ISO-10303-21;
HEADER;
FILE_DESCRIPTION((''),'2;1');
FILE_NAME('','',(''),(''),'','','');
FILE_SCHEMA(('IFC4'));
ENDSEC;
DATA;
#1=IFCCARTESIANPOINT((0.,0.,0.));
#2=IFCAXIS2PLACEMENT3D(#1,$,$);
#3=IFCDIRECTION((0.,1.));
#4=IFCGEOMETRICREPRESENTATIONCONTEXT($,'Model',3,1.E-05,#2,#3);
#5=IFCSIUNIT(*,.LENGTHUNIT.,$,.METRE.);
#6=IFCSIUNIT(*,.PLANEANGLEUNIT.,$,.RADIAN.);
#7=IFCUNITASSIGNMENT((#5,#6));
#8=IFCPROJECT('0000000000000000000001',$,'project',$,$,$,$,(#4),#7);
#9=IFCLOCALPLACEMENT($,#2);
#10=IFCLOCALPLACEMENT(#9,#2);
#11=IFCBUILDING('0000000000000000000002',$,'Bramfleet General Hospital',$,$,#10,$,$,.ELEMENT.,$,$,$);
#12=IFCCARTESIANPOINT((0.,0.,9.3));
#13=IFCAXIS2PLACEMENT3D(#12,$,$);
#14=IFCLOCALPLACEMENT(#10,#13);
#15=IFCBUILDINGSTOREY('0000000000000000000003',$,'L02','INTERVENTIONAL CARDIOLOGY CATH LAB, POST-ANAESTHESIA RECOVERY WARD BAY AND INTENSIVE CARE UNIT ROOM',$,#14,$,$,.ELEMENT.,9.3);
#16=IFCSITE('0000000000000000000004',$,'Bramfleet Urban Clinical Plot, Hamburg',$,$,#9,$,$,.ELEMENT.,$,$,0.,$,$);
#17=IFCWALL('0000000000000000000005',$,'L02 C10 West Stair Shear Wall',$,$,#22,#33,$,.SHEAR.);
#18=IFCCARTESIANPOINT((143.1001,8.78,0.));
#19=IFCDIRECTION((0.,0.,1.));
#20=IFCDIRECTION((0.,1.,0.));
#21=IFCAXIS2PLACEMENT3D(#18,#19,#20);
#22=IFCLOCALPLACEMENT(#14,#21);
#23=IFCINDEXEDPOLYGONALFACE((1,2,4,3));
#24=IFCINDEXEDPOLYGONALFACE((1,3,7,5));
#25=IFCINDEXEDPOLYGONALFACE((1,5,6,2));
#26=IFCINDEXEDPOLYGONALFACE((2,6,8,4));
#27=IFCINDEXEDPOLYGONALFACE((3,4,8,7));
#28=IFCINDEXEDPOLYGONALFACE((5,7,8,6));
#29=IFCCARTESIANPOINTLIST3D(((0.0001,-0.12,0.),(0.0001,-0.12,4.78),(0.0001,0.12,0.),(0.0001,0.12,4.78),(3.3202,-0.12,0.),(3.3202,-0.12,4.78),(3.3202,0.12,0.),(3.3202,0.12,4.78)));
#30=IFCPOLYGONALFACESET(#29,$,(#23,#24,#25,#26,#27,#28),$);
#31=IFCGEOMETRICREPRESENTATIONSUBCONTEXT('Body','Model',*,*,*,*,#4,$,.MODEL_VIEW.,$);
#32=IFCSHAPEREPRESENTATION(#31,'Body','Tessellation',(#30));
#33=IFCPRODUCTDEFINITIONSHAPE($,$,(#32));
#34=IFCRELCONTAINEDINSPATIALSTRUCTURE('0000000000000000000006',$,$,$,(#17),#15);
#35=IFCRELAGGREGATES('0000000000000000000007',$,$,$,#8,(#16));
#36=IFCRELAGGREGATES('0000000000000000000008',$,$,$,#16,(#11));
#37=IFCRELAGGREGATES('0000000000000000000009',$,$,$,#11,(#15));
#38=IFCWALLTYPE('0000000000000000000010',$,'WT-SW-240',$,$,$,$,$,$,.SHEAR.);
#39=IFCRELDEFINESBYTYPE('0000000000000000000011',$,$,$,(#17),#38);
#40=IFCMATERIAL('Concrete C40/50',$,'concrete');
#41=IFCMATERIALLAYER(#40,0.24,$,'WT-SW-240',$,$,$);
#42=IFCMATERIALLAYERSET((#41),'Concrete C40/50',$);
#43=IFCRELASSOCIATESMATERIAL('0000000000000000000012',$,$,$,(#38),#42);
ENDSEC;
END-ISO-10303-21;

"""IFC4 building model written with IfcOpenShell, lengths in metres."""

from ifc_helpers import new_model, si_unit, direction, frame, frame_2d, origin, place, context, subcontext, project, spatial, rectangle, extrude, material, layer, layer_set, type_object, element, save


model = new_model("IFC4")

# Units and contexts
model_context = context("Model", 3, precision=1e-05, world=origin(), true_north=direction((0.0, 1.0)))
body_context = subcontext(model_context, "Body", "Model", "MODEL_VIEW")
ifc_project = project(units=[si_unit("LENGTHUNIT", "METRE"), si_unit("PLANEANGLEUNIT", "RADIAN")], contexts=[model_context])

# Site, building, storey
site_placement = place(None, origin())
site = spatial("IfcSite", under=ifc_project, at=site_placement, Name="Bramfleet Urban Clinical Plot, Hamburg", CompositionType="ELEMENT", RefElevation=0.0)
building_placement = place(site_placement, origin())
building = spatial("IfcBuilding", under=site, at=building_placement, Name="Bramfleet General Hospital", CompositionType="ELEMENT")
storey_placement = place(building_placement, frame((0.0, 0.0, 9.3)))
storey = spatial("IfcBuildingStorey", under=building, at=storey_placement, Name="L02", Description="INTERVENTIONAL CARDIOLOGY CATH LAB, POST-ANAESTHESIA RECOVERY WARD BAY AND INTENSIVE CARE UNIT ROOM", CompositionType="ELEMENT", Elevation=9.3)

# Shared definitions
ifc_material_1 = material(Name="Concrete C40/50", Category="concrete")

# Wall
ifc_layer_1 = layer(ifc_material_1, 0.24, Name="WT-SW-240")
ifc_layer_set_1 = layer_set([ifc_layer_1], Name="Concrete C40/50")
wall_type_1 = type_object("IfcWallType", Name="WT-SW-240", PredefinedType="SHEAR", material=ifc_layer_set_1)
wall_1_placement = place(storey_placement, frame((143.1001, 8.78, 0.0), z_axis=(0.0, 0.0, 1.0), x_axis=(0.0, 1.0, 0.0)))
element("IfcWall", 1, at=wall_1_placement, inside=storey, type_object=wall_type_1, Name="L02 C10 West Stair Shear Wall", PredefinedType="SHEAR", context=body_context, shape_type="SweptSolid", body=[
    extrude(rectangle(XDim=3.3201, YDim=0.24, at=frame_2d((1.6602, 0.0))), origin(), (0.0, 0.0, 1.0), 4.78),
])

save(model, "model.ifc")
